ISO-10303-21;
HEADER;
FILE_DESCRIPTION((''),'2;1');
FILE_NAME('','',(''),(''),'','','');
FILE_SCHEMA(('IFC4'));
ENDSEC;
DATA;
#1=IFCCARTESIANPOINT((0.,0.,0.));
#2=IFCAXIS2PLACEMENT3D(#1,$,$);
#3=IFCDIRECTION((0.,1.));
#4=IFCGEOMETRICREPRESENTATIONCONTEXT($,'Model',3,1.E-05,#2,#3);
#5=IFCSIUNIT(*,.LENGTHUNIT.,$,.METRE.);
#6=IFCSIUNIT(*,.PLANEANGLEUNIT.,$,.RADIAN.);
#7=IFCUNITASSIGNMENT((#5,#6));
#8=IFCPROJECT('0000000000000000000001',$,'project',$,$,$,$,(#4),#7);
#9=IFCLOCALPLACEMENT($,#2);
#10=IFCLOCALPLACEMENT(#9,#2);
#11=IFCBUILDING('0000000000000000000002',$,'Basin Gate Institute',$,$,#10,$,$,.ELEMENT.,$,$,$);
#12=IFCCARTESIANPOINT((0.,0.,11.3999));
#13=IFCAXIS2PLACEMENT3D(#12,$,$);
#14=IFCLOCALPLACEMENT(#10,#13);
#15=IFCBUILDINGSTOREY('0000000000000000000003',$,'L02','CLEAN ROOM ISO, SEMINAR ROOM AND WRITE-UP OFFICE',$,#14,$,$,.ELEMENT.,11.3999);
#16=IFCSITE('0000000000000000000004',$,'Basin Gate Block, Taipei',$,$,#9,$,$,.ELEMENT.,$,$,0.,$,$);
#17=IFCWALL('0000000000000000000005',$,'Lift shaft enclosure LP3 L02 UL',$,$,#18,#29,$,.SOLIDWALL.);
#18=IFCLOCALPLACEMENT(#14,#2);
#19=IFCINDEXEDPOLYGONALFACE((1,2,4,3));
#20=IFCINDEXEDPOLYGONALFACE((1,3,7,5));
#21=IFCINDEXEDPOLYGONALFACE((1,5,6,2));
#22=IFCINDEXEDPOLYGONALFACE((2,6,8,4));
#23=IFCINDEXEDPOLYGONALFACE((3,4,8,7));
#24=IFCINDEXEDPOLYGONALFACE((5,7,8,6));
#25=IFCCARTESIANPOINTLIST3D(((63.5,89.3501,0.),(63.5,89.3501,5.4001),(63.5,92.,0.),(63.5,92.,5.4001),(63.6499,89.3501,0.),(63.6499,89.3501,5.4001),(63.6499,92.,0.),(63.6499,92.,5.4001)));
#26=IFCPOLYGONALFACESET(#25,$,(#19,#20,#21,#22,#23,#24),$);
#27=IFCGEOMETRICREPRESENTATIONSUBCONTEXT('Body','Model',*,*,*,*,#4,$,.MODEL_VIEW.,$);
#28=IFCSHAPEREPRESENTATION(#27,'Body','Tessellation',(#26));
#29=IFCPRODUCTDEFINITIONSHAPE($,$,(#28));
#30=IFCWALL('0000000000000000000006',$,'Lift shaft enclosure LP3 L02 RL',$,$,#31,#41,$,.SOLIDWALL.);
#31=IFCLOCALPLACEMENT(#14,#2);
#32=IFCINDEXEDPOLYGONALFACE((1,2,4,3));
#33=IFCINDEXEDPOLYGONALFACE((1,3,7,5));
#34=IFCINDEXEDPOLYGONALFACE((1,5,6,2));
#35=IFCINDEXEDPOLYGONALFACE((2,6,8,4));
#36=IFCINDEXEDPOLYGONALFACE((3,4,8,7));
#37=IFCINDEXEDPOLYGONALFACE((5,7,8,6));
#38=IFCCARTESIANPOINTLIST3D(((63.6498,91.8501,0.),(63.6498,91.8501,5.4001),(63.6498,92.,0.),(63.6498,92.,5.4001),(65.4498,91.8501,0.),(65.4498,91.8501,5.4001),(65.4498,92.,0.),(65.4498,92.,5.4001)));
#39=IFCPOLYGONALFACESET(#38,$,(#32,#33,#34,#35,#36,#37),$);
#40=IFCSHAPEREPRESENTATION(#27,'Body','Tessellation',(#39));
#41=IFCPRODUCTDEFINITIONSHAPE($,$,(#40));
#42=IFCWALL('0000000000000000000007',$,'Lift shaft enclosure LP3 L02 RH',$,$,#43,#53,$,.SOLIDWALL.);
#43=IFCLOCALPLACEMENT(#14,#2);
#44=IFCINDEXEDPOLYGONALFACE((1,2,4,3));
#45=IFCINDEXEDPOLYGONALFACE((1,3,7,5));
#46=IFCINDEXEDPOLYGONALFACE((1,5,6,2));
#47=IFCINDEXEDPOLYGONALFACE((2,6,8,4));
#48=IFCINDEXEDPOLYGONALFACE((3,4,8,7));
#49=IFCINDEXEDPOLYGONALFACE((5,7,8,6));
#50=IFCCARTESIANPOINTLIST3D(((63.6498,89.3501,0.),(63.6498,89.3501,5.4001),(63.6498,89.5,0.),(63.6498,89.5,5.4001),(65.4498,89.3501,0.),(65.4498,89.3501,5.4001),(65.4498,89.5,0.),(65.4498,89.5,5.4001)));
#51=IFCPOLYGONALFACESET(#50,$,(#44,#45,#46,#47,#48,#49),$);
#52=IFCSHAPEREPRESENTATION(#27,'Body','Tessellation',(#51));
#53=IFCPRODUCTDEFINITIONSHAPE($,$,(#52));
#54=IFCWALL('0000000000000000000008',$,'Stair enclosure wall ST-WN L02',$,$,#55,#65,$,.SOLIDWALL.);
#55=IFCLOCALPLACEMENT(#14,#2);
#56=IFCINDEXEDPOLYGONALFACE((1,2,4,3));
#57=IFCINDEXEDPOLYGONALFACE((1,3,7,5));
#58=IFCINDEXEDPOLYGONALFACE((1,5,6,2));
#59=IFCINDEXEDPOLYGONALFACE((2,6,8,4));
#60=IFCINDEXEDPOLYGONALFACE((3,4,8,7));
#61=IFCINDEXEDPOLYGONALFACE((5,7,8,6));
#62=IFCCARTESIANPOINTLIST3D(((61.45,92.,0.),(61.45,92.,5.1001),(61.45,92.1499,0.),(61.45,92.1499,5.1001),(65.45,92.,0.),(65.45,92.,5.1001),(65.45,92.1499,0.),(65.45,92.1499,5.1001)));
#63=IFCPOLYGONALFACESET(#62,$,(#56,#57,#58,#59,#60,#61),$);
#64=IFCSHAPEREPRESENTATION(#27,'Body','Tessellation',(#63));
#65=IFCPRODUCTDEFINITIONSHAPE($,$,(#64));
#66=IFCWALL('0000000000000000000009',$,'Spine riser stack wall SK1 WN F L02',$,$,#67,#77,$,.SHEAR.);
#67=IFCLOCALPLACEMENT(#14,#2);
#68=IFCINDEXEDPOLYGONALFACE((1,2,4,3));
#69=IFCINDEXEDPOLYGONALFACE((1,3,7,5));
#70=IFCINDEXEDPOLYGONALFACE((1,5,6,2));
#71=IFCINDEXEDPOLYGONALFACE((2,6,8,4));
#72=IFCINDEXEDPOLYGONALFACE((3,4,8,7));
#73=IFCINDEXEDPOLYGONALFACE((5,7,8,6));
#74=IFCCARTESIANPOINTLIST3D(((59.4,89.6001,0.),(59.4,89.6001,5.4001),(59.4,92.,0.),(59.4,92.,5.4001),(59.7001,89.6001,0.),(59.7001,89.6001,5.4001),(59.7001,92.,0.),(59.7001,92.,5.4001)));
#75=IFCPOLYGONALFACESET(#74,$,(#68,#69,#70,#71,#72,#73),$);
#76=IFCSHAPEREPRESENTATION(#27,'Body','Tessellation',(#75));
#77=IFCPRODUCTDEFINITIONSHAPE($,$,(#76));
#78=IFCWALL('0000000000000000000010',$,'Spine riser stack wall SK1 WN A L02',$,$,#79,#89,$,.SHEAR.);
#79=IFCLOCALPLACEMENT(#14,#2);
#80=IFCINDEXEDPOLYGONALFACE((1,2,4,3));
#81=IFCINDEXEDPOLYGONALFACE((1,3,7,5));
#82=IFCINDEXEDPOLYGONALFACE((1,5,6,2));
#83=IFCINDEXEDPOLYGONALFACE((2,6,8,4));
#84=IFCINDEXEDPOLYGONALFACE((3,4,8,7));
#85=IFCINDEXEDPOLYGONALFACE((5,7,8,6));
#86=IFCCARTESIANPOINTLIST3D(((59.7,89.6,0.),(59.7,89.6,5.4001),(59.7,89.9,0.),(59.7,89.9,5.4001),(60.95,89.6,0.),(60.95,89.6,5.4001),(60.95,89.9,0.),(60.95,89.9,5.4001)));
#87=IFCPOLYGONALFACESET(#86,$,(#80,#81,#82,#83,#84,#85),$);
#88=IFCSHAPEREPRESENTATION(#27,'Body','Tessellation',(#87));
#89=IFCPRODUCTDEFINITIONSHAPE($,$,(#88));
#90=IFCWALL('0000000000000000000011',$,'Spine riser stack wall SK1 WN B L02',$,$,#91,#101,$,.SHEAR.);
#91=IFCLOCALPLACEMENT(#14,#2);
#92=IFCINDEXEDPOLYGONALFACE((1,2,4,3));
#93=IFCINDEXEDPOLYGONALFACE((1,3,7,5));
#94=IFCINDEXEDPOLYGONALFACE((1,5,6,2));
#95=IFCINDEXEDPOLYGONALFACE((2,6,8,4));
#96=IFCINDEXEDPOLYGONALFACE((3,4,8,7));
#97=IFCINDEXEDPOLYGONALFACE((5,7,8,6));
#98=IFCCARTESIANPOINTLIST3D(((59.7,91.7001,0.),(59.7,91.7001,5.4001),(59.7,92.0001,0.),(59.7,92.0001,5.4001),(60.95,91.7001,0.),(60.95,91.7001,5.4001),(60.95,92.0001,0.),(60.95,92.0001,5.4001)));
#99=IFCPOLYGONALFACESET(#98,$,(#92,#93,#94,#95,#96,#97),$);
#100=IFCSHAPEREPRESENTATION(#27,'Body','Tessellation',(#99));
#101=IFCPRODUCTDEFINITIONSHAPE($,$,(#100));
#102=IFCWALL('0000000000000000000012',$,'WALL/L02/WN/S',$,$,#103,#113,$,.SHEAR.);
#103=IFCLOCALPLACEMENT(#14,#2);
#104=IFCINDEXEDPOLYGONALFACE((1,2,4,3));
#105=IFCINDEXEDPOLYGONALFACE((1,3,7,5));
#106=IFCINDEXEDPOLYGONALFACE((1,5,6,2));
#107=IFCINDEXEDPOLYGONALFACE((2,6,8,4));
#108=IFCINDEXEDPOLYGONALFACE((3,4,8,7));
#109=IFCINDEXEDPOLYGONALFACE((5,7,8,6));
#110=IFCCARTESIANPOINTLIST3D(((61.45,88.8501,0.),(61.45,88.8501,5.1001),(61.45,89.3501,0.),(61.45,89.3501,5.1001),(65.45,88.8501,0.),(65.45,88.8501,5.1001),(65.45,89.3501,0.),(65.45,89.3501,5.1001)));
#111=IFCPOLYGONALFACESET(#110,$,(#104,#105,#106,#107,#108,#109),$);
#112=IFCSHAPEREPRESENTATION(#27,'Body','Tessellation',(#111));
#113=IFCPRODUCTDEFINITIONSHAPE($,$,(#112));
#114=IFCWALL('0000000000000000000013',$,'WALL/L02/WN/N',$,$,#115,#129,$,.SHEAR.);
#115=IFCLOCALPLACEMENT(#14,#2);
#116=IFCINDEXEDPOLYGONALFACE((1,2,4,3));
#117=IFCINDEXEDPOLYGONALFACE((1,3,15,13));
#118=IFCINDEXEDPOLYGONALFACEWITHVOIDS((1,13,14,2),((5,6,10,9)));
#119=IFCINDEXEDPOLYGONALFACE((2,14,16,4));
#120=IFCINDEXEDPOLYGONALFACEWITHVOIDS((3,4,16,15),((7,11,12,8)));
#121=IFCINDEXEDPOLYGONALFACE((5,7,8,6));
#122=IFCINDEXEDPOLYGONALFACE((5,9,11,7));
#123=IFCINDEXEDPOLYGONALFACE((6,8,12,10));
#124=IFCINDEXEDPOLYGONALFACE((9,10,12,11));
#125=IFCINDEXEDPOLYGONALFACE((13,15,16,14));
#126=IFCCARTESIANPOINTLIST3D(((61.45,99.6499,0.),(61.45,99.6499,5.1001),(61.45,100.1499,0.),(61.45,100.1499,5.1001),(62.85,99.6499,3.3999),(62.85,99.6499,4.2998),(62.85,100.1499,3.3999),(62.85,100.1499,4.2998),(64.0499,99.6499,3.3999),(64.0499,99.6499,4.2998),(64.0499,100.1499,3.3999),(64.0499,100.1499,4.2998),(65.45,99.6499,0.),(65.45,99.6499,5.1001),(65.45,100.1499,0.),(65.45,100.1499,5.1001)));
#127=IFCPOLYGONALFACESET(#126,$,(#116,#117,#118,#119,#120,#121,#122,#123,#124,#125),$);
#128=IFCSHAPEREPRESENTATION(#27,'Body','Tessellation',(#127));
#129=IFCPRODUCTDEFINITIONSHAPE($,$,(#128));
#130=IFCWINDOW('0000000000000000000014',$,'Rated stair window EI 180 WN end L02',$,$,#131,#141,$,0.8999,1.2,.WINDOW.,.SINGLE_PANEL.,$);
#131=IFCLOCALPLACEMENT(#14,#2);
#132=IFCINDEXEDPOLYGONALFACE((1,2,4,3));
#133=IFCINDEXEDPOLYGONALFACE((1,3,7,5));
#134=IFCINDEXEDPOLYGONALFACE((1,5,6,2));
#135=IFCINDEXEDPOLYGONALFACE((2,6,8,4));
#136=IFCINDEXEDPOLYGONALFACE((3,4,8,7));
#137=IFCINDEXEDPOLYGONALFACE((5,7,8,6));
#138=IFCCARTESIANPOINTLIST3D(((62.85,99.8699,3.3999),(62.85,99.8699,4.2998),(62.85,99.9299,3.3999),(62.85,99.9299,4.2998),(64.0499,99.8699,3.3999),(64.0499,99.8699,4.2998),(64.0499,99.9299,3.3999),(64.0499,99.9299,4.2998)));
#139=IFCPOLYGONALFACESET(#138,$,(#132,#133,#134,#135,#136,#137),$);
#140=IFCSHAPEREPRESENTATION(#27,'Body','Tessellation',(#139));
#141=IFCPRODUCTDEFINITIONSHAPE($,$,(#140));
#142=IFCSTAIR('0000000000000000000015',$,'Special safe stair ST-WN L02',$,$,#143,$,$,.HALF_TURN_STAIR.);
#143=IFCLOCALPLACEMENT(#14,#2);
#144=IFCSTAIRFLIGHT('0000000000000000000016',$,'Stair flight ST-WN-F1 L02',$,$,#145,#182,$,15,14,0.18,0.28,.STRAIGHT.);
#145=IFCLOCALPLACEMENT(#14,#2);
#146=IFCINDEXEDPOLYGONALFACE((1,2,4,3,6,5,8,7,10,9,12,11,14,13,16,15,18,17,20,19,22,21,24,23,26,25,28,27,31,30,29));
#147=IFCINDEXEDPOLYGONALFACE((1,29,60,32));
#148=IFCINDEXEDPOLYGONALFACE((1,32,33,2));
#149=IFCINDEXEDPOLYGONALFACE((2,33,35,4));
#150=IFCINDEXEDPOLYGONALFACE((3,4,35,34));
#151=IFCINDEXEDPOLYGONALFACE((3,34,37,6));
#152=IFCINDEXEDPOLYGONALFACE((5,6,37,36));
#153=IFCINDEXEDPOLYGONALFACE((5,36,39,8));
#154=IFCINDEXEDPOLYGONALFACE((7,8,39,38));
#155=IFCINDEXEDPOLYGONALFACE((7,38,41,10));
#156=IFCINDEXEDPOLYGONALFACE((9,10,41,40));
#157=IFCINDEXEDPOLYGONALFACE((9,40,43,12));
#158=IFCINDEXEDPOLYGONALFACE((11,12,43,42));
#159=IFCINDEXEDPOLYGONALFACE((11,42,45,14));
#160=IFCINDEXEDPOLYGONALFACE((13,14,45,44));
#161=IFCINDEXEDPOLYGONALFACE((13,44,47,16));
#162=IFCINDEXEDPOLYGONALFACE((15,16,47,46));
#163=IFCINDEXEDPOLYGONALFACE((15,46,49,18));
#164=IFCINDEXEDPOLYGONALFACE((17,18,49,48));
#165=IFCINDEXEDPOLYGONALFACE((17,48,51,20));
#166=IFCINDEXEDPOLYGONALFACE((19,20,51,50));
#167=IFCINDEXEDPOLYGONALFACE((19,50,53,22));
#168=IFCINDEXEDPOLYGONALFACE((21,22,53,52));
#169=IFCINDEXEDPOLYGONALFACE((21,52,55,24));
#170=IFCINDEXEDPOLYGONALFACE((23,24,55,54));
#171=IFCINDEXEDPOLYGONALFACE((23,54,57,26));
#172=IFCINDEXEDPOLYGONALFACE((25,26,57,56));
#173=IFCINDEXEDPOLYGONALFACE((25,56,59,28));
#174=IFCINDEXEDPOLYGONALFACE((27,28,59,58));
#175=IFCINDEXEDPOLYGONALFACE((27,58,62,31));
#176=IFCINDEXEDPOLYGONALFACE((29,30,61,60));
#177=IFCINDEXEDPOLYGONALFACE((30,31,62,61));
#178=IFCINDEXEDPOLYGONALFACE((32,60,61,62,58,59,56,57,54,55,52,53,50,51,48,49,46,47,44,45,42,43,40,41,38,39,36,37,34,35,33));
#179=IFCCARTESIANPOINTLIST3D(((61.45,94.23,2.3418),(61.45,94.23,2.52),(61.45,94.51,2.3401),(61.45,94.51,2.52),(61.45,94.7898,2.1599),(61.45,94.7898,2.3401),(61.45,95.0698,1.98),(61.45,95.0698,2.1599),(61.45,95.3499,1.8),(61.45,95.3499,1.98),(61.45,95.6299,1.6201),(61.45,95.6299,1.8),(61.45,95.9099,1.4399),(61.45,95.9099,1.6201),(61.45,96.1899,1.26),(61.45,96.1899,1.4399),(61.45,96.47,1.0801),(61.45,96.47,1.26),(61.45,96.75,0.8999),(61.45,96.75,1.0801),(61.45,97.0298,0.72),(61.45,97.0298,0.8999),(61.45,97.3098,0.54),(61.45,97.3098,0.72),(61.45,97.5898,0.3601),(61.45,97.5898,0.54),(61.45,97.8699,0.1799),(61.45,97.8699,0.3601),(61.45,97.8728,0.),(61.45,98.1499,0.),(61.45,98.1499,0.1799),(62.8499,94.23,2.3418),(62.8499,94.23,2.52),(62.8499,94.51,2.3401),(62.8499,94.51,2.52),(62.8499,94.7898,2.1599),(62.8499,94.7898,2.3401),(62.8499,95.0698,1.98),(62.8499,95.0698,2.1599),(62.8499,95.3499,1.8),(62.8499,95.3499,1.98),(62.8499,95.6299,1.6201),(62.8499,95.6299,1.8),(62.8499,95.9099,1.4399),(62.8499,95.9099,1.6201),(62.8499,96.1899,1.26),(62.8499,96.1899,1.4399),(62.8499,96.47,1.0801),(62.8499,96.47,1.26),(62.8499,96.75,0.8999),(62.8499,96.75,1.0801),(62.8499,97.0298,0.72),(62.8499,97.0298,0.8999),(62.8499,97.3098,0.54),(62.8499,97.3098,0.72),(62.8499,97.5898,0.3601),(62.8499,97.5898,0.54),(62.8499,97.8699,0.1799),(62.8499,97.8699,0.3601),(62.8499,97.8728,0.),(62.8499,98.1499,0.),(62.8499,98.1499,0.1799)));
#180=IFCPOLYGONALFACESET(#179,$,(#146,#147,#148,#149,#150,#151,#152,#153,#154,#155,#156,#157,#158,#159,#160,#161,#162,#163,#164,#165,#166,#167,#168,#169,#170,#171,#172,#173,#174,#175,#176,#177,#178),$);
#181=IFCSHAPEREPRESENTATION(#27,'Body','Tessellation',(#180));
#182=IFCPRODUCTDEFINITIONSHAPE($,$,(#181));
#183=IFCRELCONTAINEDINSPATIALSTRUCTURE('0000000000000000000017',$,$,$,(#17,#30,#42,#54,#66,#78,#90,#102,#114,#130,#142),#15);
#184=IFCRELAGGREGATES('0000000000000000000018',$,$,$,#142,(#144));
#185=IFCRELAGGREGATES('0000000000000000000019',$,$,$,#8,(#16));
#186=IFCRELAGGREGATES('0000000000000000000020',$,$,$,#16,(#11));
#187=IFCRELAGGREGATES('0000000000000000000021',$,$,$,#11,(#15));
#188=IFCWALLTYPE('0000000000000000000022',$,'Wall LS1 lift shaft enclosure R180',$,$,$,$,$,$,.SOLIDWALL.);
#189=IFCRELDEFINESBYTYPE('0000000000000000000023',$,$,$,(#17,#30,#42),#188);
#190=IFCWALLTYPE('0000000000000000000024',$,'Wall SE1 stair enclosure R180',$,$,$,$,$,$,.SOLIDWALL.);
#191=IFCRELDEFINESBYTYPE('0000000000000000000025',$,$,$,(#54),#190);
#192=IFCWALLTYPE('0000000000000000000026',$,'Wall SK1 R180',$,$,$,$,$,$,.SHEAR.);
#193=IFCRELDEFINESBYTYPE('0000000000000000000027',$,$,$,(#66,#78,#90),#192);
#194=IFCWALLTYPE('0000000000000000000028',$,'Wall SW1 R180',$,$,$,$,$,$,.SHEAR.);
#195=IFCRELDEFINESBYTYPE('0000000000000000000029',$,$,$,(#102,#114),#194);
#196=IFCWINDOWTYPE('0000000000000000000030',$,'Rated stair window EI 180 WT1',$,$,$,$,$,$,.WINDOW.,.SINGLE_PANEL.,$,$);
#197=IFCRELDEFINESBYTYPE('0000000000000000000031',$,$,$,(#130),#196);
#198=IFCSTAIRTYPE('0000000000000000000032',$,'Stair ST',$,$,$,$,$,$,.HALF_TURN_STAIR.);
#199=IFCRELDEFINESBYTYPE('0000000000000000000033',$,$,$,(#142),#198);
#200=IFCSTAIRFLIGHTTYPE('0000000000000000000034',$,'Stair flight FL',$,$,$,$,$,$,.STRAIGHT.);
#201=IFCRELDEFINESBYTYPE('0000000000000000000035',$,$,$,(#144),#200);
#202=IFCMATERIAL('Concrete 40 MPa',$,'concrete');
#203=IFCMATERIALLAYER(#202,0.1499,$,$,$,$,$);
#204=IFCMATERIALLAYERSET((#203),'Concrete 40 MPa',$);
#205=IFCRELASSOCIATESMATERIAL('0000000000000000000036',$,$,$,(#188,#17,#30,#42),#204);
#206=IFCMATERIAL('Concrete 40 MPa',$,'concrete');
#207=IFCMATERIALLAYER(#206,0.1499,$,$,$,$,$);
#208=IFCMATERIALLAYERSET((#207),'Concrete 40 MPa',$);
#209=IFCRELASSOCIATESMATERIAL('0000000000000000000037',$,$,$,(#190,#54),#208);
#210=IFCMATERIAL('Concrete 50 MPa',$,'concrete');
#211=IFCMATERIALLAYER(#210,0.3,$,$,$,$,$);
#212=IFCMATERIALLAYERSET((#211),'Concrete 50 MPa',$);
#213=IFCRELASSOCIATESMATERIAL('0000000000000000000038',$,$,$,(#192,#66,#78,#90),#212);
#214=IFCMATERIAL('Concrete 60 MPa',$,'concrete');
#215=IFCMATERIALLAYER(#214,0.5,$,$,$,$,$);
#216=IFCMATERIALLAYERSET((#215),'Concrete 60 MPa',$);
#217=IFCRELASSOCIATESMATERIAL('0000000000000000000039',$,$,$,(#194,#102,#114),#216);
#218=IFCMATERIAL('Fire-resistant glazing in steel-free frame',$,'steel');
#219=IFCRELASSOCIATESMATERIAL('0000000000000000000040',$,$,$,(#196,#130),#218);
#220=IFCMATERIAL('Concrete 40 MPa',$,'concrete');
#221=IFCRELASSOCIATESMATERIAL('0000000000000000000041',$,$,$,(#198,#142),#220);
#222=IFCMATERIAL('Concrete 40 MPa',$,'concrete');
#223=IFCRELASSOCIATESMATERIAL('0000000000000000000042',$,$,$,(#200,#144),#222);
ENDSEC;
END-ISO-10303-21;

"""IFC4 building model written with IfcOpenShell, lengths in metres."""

from ifc_helpers import new_model, si_unit, direction, frame, frame_2d, origin, place, context, subcontext, project, spatial, polyline, rectangle, outline, extrude, material, layer, layer_set, type_object, element, fill, aggregate, save


model = new_model("IFC4")

# Units and contexts
model_context = context("Model", 3, precision=1e-05, world=origin(), true_north=direction((0.0, 1.0)))
body_context = subcontext(model_context, "Body", "Model", "MODEL_VIEW")
ifc_project = project(units=[si_unit("LENGTHUNIT", "METRE"), si_unit("PLANEANGLEUNIT", "RADIAN")], contexts=[model_context])

# Site, building, storey
site_placement = place(None, origin())
site = spatial("IfcSite", under=ifc_project, at=site_placement, Name="Basin Gate Block, Taipei", CompositionType="ELEMENT", RefElevation=0.0)
building_placement = place(site_placement, origin())
building = spatial("IfcBuilding", under=site, at=building_placement, Name="Basin Gate Institute", CompositionType="ELEMENT")
storey_placement = place(building_placement, frame((0.0, 0.0, 11.3999)))
storey = spatial("IfcBuildingStorey", under=building, at=storey_placement, Name="L02", Description="CLEAN ROOM ISO, SEMINAR ROOM AND WRITE-UP OFFICE", CompositionType="ELEMENT", Elevation=11.3999)

# Walls
ifc_material_1 = material(Name="Concrete 40 MPa", Category="concrete")
ifc_layer_1 = layer(ifc_material_1, 0.1499)
ifc_layer_set_1 = layer_set([ifc_layer_1], Name="Concrete 40 MPa")
wall_type_1 = type_object("IfcWallType", Name="Wall LS1 lift shaft enclosure R180", PredefinedType="SOLIDWALL", material=ifc_layer_set_1)
wall_1_placement = place(storey_placement, frame((63.575, 92.0, 0.0), z_axis=(0.0, 0.0, 1.0), x_axis=(0.0, -1.0, 0.0)))
element("IfcWall", 1, at=wall_1_placement, inside=storey, type_object=wall_type_1, material=ifc_layer_set_1, Name="Lift shaft enclosure LP3 L02 UL", PredefinedType="SOLIDWALL", context=body_context, shape_type="SweptSolid", body=[
    extrude(rectangle(XDim=2.6499, YDim=0.1499, at=frame_2d((1.325, 0.0))), origin(), (0.0, 0.0, 1.0), 5.4001),
])
for number, where, z_axis, x_axis, name in (
    (2, (63.6499, 91.925, 0.0), (0.0, 0.0, 1.0), (1.0, 0.0, 0.0), "Lift shaft enclosure LP3 L02 RL"),
    (3, (63.6499, 89.425, 0.0), (0.0, 0.0, 1.0), (1.0, 0.0, 0.0), "Lift shaft enclosure LP3 L02 RH"),
):
    element("IfcWall", number, at=place(storey_placement, frame(where, z_axis=z_axis, x_axis=x_axis)), inside=storey, type_object=wall_type_1, material=ifc_layer_set_1, Name=name, PredefinedType="SOLIDWALL", context=body_context, shape_type="SweptSolid", body=[
        extrude(rectangle(XDim=1.8, YDim=0.1499, at=frame_2d((0.8999, 0.0))), origin(), (0.0, 0.0, 1.0), 5.4001),
    ])
ifc_material_2 = material(Name="Concrete 40 MPa", Category="concrete")
ifc_layer_2 = layer(ifc_material_2, 0.1499)
ifc_layer_set_2 = layer_set([ifc_layer_2], Name="Concrete 40 MPa")
wall_type_2 = type_object("IfcWallType", Name="Wall SE1 stair enclosure R180", PredefinedType="SOLIDWALL", material=ifc_layer_set_2)
wall_2_placement = place(storey_placement, frame((61.45, 92.075, 0.0), z_axis=(0.0, 0.0, 1.0), x_axis=(1.0, 0.0, 0.0)))
element("IfcWall", 4, at=wall_2_placement, inside=storey, type_object=wall_type_2, material=ifc_layer_set_2, Name="Stair enclosure wall ST-WN L02", PredefinedType="SOLIDWALL", context=body_context, shape_type="SweptSolid", body=[
    extrude(rectangle(XDim=4.0, YDim=0.1499, at=frame_2d((2.0, 0.0))), origin(), (0.0, 0.0, 1.0), 5.1001),
])
ifc_material_3 = material(Name="Concrete 50 MPa", Category="concrete")
ifc_layer_3 = layer(ifc_material_3, 0.3)
ifc_layer_set_3 = layer_set([ifc_layer_3], Name="Concrete 50 MPa")
wall_type_3 = type_object("IfcWallType", Name="Wall SK1 R180", PredefinedType="SHEAR", material=ifc_layer_set_3)
wall_3_placement = place(storey_placement, frame((59.55, 89.6001, 0.0), z_axis=(0.0, 0.0, 1.0), x_axis=(0.0, 1.0, 0.0)))
element("IfcWall", 5, at=wall_3_placement, inside=storey, type_object=wall_type_3, material=ifc_layer_set_3, Name="Spine riser stack wall SK1 WN F L02", PredefinedType="SHEAR", context=body_context, shape_type="SweptSolid", body=[
    extrude(rectangle(XDim=2.3999, YDim=0.3, at=frame_2d((1.2, 0.0))), origin(), (0.0, 0.0, 1.0), 5.4001),
])
for number, where, z_axis, x_axis, name in (
    (6, (60.95, 89.75, 0.0), (0.0, 0.0, 1.0), (-1.0, 0.0, 0.0), "Spine riser stack wall SK1 WN A L02"),
    (7, (60.95, 91.8501, 0.0), (0.0, 0.0, 1.0), (-1.0, 0.0, 0.0), "Spine riser stack wall SK1 WN B L02"),
):
    element("IfcWall", number, at=place(storey_placement, frame(where, z_axis=z_axis, x_axis=x_axis)), inside=storey, type_object=wall_type_3, material=ifc_layer_set_3, Name=name, PredefinedType="SHEAR", context=body_context, shape_type="SweptSolid", body=[
        extrude(rectangle(XDim=1.25, YDim=0.3, at=frame_2d((0.625, 0.0))), origin(), (0.0, 0.0, 1.0), 5.4001),
    ])
ifc_material_4 = material(Name="Concrete 60 MPa", Category="concrete")
ifc_layer_4 = layer(ifc_material_4, 0.5)
ifc_layer_set_4 = layer_set([ifc_layer_4], Name="Concrete 60 MPa")
wall_type_4 = type_object("IfcWallType", Name="Wall SW1 R180", PredefinedType="SHEAR", material=ifc_layer_set_4)
wall_4_placement = place(storey_placement, frame((61.45, 89.1001, 0.0), z_axis=(0.0, 0.0, 1.0), x_axis=(1.0, 0.0, 0.0)))
element("IfcWall", 8, at=wall_4_placement, inside=storey, type_object=wall_type_4, material=ifc_layer_set_4, Name="WALL/L02/WN/S", PredefinedType="SHEAR", context=body_context, shape_type="SweptSolid", body=[
    extrude(rectangle(XDim=4.0, YDim=0.5, at=frame_2d((2.0, 0.0))), origin(), (0.0, 0.0, 1.0), 5.1001),
])

# Wall, opening, window
wall_5_placement = place(storey_placement, frame((61.45, 99.8999, 0.0), z_axis=(0.0, 0.0, 1.0), x_axis=(1.0, 0.0, 0.0)))
wall_5 = element("IfcWall", 9, at=wall_5_placement, inside=storey, type_object=wall_type_4, material=ifc_layer_set_4, Name="WALL/L02/WN/N", PredefinedType="SHEAR", context=body_context, shape_type="SweptSolid", body=[
    extrude(rectangle(XDim=4.0, YDim=0.5, at=frame_2d((2.0, 0.0))), origin(), (0.0, 0.0, 1.0), 5.1001),
])
opening_placement = place(wall_5_placement, frame((1.3999, 0.0, 3.3999)))
opening = element("IfcOpeningElement", 10, at=opening_placement, cuts=wall_5, PredefinedType="OPENING", context=body_context, shape_type="SweptSolid", body=[
    extrude(rectangle(XDim=1.2, YDim=0.8999, at=frame_2d((0.6001, 0.45))), frame((0.0, 0.26, 0.0), z_axis=(0.0, -1.0, 0.0), x_axis=(1.0, 0.0, 0.0)), (0.0, 0.0, 1.0), 0.52),
])
ifc_material_5 = material(Name="Fire-resistant glazing in steel-free frame", Category="steel")
window_type = type_object("IfcWindowType", Name="Rated stair window EI 180 WT1", PartitioningType="SINGLE_PANEL", PredefinedType="WINDOW", material=ifc_material_5)
window_placement = place(opening_placement, origin())
window = element("IfcWindow", 11, at=window_placement, inside=storey, type_object=window_type, material=ifc_material_5, Name="Rated stair window EI 180 WN end L02", OverallHeight=0.8999, OverallWidth=1.2, PartitioningType="SINGLE_PANEL", PredefinedType="WINDOW", context=body_context, shape_type="SweptSolid", body=[
    extrude(rectangle(XDim=1.2, YDim=0.8999, at=frame_2d((0.6001, 0.45))), frame((0.0, 0.03, 0.0), z_axis=(0.0, -1.0, 0.0), x_axis=(1.0, 0.0, 0.0)), (0.0, 0.0, 1.0), 0.0601),
])
fill(opening, window)

# Stair, stair flight
ifc_material_6 = material(Name="Concrete 40 MPa", Category="concrete")
stair_type = type_object("IfcStairType", Name="Stair ST", PredefinedType="HALF_TURN_STAIR", material=ifc_material_6)
stair_placement = place(storey_placement, origin())
stair = element("IfcStair", 12, at=stair_placement, inside=storey, type_object=stair_type, material=ifc_material_6, Name="Special safe stair ST-WN L02", PredefinedType="HALF_TURN_STAIR")
ifc_material_7 = material(Name="Concrete 40 MPa", Category="concrete")
stair_flight_type = type_object("IfcStairFlightType", Name="Stair flight FL", PredefinedType="STRAIGHT", material=ifc_material_7)
stair_flight_1_placement = place(storey_placement, frame((62.1499, 98.1499, 0.0), z_axis=(0.0, 0.0, 1.0), x_axis=(0.0, -1.0, 0.0)))
stair_flight_1 = element("IfcStairFlight", 13, at=stair_flight_1_placement, type_object=stair_flight_type, material=ifc_material_7, Name="Stair flight ST-WN-F1 L02", NumberOfRisers=15, NumberOfTreads=14, PredefinedType="STRAIGHT", RiserHeight=0.18, TreadLength=0.28, context=body_context, shape_type="SweptSolid", body=[
    extrude(outline(polyline([(0.0, 0.0), (0.0, 0.1799), (0.28, 0.1799), (0.28, 0.3601), (0.5601, 0.3601), (0.5601, 0.54), (0.8401, 0.54), (0.8401, 0.72), (1.1201, 0.72), (1.1201, 0.8999), (1.3999, 0.8999), (1.3999, 1.0801), (1.6799, 1.0801), (1.6799, 1.26), (1.96, 1.26), (1.96, 1.4399), (2.24, 1.4399), (2.24, 1.6201), (2.52, 1.6201), (2.52, 1.8), (2.8, 1.8), (2.8, 1.98), (3.0801, 1.98), (3.0801, 2.1599), (3.3601, 2.1599), (3.3601, 2.3401), (3.6399, 2.3401), (3.6399, 2.52), (3.9199, 2.52), (3.9199, 2.7), (3.9199, 2.3418), (0.2771, 0.0), (0.0, 0.0)])), frame((0.0, 0.7, 0.0), z_axis=(0.0, -1.0, 0.0), x_axis=(1.0, 0.0, 0.0)), (0.0, 0.0, 1.0), 1.3999),
])
aggregate(stair, [stair_flight_1])

save(model, "model.ifc")
